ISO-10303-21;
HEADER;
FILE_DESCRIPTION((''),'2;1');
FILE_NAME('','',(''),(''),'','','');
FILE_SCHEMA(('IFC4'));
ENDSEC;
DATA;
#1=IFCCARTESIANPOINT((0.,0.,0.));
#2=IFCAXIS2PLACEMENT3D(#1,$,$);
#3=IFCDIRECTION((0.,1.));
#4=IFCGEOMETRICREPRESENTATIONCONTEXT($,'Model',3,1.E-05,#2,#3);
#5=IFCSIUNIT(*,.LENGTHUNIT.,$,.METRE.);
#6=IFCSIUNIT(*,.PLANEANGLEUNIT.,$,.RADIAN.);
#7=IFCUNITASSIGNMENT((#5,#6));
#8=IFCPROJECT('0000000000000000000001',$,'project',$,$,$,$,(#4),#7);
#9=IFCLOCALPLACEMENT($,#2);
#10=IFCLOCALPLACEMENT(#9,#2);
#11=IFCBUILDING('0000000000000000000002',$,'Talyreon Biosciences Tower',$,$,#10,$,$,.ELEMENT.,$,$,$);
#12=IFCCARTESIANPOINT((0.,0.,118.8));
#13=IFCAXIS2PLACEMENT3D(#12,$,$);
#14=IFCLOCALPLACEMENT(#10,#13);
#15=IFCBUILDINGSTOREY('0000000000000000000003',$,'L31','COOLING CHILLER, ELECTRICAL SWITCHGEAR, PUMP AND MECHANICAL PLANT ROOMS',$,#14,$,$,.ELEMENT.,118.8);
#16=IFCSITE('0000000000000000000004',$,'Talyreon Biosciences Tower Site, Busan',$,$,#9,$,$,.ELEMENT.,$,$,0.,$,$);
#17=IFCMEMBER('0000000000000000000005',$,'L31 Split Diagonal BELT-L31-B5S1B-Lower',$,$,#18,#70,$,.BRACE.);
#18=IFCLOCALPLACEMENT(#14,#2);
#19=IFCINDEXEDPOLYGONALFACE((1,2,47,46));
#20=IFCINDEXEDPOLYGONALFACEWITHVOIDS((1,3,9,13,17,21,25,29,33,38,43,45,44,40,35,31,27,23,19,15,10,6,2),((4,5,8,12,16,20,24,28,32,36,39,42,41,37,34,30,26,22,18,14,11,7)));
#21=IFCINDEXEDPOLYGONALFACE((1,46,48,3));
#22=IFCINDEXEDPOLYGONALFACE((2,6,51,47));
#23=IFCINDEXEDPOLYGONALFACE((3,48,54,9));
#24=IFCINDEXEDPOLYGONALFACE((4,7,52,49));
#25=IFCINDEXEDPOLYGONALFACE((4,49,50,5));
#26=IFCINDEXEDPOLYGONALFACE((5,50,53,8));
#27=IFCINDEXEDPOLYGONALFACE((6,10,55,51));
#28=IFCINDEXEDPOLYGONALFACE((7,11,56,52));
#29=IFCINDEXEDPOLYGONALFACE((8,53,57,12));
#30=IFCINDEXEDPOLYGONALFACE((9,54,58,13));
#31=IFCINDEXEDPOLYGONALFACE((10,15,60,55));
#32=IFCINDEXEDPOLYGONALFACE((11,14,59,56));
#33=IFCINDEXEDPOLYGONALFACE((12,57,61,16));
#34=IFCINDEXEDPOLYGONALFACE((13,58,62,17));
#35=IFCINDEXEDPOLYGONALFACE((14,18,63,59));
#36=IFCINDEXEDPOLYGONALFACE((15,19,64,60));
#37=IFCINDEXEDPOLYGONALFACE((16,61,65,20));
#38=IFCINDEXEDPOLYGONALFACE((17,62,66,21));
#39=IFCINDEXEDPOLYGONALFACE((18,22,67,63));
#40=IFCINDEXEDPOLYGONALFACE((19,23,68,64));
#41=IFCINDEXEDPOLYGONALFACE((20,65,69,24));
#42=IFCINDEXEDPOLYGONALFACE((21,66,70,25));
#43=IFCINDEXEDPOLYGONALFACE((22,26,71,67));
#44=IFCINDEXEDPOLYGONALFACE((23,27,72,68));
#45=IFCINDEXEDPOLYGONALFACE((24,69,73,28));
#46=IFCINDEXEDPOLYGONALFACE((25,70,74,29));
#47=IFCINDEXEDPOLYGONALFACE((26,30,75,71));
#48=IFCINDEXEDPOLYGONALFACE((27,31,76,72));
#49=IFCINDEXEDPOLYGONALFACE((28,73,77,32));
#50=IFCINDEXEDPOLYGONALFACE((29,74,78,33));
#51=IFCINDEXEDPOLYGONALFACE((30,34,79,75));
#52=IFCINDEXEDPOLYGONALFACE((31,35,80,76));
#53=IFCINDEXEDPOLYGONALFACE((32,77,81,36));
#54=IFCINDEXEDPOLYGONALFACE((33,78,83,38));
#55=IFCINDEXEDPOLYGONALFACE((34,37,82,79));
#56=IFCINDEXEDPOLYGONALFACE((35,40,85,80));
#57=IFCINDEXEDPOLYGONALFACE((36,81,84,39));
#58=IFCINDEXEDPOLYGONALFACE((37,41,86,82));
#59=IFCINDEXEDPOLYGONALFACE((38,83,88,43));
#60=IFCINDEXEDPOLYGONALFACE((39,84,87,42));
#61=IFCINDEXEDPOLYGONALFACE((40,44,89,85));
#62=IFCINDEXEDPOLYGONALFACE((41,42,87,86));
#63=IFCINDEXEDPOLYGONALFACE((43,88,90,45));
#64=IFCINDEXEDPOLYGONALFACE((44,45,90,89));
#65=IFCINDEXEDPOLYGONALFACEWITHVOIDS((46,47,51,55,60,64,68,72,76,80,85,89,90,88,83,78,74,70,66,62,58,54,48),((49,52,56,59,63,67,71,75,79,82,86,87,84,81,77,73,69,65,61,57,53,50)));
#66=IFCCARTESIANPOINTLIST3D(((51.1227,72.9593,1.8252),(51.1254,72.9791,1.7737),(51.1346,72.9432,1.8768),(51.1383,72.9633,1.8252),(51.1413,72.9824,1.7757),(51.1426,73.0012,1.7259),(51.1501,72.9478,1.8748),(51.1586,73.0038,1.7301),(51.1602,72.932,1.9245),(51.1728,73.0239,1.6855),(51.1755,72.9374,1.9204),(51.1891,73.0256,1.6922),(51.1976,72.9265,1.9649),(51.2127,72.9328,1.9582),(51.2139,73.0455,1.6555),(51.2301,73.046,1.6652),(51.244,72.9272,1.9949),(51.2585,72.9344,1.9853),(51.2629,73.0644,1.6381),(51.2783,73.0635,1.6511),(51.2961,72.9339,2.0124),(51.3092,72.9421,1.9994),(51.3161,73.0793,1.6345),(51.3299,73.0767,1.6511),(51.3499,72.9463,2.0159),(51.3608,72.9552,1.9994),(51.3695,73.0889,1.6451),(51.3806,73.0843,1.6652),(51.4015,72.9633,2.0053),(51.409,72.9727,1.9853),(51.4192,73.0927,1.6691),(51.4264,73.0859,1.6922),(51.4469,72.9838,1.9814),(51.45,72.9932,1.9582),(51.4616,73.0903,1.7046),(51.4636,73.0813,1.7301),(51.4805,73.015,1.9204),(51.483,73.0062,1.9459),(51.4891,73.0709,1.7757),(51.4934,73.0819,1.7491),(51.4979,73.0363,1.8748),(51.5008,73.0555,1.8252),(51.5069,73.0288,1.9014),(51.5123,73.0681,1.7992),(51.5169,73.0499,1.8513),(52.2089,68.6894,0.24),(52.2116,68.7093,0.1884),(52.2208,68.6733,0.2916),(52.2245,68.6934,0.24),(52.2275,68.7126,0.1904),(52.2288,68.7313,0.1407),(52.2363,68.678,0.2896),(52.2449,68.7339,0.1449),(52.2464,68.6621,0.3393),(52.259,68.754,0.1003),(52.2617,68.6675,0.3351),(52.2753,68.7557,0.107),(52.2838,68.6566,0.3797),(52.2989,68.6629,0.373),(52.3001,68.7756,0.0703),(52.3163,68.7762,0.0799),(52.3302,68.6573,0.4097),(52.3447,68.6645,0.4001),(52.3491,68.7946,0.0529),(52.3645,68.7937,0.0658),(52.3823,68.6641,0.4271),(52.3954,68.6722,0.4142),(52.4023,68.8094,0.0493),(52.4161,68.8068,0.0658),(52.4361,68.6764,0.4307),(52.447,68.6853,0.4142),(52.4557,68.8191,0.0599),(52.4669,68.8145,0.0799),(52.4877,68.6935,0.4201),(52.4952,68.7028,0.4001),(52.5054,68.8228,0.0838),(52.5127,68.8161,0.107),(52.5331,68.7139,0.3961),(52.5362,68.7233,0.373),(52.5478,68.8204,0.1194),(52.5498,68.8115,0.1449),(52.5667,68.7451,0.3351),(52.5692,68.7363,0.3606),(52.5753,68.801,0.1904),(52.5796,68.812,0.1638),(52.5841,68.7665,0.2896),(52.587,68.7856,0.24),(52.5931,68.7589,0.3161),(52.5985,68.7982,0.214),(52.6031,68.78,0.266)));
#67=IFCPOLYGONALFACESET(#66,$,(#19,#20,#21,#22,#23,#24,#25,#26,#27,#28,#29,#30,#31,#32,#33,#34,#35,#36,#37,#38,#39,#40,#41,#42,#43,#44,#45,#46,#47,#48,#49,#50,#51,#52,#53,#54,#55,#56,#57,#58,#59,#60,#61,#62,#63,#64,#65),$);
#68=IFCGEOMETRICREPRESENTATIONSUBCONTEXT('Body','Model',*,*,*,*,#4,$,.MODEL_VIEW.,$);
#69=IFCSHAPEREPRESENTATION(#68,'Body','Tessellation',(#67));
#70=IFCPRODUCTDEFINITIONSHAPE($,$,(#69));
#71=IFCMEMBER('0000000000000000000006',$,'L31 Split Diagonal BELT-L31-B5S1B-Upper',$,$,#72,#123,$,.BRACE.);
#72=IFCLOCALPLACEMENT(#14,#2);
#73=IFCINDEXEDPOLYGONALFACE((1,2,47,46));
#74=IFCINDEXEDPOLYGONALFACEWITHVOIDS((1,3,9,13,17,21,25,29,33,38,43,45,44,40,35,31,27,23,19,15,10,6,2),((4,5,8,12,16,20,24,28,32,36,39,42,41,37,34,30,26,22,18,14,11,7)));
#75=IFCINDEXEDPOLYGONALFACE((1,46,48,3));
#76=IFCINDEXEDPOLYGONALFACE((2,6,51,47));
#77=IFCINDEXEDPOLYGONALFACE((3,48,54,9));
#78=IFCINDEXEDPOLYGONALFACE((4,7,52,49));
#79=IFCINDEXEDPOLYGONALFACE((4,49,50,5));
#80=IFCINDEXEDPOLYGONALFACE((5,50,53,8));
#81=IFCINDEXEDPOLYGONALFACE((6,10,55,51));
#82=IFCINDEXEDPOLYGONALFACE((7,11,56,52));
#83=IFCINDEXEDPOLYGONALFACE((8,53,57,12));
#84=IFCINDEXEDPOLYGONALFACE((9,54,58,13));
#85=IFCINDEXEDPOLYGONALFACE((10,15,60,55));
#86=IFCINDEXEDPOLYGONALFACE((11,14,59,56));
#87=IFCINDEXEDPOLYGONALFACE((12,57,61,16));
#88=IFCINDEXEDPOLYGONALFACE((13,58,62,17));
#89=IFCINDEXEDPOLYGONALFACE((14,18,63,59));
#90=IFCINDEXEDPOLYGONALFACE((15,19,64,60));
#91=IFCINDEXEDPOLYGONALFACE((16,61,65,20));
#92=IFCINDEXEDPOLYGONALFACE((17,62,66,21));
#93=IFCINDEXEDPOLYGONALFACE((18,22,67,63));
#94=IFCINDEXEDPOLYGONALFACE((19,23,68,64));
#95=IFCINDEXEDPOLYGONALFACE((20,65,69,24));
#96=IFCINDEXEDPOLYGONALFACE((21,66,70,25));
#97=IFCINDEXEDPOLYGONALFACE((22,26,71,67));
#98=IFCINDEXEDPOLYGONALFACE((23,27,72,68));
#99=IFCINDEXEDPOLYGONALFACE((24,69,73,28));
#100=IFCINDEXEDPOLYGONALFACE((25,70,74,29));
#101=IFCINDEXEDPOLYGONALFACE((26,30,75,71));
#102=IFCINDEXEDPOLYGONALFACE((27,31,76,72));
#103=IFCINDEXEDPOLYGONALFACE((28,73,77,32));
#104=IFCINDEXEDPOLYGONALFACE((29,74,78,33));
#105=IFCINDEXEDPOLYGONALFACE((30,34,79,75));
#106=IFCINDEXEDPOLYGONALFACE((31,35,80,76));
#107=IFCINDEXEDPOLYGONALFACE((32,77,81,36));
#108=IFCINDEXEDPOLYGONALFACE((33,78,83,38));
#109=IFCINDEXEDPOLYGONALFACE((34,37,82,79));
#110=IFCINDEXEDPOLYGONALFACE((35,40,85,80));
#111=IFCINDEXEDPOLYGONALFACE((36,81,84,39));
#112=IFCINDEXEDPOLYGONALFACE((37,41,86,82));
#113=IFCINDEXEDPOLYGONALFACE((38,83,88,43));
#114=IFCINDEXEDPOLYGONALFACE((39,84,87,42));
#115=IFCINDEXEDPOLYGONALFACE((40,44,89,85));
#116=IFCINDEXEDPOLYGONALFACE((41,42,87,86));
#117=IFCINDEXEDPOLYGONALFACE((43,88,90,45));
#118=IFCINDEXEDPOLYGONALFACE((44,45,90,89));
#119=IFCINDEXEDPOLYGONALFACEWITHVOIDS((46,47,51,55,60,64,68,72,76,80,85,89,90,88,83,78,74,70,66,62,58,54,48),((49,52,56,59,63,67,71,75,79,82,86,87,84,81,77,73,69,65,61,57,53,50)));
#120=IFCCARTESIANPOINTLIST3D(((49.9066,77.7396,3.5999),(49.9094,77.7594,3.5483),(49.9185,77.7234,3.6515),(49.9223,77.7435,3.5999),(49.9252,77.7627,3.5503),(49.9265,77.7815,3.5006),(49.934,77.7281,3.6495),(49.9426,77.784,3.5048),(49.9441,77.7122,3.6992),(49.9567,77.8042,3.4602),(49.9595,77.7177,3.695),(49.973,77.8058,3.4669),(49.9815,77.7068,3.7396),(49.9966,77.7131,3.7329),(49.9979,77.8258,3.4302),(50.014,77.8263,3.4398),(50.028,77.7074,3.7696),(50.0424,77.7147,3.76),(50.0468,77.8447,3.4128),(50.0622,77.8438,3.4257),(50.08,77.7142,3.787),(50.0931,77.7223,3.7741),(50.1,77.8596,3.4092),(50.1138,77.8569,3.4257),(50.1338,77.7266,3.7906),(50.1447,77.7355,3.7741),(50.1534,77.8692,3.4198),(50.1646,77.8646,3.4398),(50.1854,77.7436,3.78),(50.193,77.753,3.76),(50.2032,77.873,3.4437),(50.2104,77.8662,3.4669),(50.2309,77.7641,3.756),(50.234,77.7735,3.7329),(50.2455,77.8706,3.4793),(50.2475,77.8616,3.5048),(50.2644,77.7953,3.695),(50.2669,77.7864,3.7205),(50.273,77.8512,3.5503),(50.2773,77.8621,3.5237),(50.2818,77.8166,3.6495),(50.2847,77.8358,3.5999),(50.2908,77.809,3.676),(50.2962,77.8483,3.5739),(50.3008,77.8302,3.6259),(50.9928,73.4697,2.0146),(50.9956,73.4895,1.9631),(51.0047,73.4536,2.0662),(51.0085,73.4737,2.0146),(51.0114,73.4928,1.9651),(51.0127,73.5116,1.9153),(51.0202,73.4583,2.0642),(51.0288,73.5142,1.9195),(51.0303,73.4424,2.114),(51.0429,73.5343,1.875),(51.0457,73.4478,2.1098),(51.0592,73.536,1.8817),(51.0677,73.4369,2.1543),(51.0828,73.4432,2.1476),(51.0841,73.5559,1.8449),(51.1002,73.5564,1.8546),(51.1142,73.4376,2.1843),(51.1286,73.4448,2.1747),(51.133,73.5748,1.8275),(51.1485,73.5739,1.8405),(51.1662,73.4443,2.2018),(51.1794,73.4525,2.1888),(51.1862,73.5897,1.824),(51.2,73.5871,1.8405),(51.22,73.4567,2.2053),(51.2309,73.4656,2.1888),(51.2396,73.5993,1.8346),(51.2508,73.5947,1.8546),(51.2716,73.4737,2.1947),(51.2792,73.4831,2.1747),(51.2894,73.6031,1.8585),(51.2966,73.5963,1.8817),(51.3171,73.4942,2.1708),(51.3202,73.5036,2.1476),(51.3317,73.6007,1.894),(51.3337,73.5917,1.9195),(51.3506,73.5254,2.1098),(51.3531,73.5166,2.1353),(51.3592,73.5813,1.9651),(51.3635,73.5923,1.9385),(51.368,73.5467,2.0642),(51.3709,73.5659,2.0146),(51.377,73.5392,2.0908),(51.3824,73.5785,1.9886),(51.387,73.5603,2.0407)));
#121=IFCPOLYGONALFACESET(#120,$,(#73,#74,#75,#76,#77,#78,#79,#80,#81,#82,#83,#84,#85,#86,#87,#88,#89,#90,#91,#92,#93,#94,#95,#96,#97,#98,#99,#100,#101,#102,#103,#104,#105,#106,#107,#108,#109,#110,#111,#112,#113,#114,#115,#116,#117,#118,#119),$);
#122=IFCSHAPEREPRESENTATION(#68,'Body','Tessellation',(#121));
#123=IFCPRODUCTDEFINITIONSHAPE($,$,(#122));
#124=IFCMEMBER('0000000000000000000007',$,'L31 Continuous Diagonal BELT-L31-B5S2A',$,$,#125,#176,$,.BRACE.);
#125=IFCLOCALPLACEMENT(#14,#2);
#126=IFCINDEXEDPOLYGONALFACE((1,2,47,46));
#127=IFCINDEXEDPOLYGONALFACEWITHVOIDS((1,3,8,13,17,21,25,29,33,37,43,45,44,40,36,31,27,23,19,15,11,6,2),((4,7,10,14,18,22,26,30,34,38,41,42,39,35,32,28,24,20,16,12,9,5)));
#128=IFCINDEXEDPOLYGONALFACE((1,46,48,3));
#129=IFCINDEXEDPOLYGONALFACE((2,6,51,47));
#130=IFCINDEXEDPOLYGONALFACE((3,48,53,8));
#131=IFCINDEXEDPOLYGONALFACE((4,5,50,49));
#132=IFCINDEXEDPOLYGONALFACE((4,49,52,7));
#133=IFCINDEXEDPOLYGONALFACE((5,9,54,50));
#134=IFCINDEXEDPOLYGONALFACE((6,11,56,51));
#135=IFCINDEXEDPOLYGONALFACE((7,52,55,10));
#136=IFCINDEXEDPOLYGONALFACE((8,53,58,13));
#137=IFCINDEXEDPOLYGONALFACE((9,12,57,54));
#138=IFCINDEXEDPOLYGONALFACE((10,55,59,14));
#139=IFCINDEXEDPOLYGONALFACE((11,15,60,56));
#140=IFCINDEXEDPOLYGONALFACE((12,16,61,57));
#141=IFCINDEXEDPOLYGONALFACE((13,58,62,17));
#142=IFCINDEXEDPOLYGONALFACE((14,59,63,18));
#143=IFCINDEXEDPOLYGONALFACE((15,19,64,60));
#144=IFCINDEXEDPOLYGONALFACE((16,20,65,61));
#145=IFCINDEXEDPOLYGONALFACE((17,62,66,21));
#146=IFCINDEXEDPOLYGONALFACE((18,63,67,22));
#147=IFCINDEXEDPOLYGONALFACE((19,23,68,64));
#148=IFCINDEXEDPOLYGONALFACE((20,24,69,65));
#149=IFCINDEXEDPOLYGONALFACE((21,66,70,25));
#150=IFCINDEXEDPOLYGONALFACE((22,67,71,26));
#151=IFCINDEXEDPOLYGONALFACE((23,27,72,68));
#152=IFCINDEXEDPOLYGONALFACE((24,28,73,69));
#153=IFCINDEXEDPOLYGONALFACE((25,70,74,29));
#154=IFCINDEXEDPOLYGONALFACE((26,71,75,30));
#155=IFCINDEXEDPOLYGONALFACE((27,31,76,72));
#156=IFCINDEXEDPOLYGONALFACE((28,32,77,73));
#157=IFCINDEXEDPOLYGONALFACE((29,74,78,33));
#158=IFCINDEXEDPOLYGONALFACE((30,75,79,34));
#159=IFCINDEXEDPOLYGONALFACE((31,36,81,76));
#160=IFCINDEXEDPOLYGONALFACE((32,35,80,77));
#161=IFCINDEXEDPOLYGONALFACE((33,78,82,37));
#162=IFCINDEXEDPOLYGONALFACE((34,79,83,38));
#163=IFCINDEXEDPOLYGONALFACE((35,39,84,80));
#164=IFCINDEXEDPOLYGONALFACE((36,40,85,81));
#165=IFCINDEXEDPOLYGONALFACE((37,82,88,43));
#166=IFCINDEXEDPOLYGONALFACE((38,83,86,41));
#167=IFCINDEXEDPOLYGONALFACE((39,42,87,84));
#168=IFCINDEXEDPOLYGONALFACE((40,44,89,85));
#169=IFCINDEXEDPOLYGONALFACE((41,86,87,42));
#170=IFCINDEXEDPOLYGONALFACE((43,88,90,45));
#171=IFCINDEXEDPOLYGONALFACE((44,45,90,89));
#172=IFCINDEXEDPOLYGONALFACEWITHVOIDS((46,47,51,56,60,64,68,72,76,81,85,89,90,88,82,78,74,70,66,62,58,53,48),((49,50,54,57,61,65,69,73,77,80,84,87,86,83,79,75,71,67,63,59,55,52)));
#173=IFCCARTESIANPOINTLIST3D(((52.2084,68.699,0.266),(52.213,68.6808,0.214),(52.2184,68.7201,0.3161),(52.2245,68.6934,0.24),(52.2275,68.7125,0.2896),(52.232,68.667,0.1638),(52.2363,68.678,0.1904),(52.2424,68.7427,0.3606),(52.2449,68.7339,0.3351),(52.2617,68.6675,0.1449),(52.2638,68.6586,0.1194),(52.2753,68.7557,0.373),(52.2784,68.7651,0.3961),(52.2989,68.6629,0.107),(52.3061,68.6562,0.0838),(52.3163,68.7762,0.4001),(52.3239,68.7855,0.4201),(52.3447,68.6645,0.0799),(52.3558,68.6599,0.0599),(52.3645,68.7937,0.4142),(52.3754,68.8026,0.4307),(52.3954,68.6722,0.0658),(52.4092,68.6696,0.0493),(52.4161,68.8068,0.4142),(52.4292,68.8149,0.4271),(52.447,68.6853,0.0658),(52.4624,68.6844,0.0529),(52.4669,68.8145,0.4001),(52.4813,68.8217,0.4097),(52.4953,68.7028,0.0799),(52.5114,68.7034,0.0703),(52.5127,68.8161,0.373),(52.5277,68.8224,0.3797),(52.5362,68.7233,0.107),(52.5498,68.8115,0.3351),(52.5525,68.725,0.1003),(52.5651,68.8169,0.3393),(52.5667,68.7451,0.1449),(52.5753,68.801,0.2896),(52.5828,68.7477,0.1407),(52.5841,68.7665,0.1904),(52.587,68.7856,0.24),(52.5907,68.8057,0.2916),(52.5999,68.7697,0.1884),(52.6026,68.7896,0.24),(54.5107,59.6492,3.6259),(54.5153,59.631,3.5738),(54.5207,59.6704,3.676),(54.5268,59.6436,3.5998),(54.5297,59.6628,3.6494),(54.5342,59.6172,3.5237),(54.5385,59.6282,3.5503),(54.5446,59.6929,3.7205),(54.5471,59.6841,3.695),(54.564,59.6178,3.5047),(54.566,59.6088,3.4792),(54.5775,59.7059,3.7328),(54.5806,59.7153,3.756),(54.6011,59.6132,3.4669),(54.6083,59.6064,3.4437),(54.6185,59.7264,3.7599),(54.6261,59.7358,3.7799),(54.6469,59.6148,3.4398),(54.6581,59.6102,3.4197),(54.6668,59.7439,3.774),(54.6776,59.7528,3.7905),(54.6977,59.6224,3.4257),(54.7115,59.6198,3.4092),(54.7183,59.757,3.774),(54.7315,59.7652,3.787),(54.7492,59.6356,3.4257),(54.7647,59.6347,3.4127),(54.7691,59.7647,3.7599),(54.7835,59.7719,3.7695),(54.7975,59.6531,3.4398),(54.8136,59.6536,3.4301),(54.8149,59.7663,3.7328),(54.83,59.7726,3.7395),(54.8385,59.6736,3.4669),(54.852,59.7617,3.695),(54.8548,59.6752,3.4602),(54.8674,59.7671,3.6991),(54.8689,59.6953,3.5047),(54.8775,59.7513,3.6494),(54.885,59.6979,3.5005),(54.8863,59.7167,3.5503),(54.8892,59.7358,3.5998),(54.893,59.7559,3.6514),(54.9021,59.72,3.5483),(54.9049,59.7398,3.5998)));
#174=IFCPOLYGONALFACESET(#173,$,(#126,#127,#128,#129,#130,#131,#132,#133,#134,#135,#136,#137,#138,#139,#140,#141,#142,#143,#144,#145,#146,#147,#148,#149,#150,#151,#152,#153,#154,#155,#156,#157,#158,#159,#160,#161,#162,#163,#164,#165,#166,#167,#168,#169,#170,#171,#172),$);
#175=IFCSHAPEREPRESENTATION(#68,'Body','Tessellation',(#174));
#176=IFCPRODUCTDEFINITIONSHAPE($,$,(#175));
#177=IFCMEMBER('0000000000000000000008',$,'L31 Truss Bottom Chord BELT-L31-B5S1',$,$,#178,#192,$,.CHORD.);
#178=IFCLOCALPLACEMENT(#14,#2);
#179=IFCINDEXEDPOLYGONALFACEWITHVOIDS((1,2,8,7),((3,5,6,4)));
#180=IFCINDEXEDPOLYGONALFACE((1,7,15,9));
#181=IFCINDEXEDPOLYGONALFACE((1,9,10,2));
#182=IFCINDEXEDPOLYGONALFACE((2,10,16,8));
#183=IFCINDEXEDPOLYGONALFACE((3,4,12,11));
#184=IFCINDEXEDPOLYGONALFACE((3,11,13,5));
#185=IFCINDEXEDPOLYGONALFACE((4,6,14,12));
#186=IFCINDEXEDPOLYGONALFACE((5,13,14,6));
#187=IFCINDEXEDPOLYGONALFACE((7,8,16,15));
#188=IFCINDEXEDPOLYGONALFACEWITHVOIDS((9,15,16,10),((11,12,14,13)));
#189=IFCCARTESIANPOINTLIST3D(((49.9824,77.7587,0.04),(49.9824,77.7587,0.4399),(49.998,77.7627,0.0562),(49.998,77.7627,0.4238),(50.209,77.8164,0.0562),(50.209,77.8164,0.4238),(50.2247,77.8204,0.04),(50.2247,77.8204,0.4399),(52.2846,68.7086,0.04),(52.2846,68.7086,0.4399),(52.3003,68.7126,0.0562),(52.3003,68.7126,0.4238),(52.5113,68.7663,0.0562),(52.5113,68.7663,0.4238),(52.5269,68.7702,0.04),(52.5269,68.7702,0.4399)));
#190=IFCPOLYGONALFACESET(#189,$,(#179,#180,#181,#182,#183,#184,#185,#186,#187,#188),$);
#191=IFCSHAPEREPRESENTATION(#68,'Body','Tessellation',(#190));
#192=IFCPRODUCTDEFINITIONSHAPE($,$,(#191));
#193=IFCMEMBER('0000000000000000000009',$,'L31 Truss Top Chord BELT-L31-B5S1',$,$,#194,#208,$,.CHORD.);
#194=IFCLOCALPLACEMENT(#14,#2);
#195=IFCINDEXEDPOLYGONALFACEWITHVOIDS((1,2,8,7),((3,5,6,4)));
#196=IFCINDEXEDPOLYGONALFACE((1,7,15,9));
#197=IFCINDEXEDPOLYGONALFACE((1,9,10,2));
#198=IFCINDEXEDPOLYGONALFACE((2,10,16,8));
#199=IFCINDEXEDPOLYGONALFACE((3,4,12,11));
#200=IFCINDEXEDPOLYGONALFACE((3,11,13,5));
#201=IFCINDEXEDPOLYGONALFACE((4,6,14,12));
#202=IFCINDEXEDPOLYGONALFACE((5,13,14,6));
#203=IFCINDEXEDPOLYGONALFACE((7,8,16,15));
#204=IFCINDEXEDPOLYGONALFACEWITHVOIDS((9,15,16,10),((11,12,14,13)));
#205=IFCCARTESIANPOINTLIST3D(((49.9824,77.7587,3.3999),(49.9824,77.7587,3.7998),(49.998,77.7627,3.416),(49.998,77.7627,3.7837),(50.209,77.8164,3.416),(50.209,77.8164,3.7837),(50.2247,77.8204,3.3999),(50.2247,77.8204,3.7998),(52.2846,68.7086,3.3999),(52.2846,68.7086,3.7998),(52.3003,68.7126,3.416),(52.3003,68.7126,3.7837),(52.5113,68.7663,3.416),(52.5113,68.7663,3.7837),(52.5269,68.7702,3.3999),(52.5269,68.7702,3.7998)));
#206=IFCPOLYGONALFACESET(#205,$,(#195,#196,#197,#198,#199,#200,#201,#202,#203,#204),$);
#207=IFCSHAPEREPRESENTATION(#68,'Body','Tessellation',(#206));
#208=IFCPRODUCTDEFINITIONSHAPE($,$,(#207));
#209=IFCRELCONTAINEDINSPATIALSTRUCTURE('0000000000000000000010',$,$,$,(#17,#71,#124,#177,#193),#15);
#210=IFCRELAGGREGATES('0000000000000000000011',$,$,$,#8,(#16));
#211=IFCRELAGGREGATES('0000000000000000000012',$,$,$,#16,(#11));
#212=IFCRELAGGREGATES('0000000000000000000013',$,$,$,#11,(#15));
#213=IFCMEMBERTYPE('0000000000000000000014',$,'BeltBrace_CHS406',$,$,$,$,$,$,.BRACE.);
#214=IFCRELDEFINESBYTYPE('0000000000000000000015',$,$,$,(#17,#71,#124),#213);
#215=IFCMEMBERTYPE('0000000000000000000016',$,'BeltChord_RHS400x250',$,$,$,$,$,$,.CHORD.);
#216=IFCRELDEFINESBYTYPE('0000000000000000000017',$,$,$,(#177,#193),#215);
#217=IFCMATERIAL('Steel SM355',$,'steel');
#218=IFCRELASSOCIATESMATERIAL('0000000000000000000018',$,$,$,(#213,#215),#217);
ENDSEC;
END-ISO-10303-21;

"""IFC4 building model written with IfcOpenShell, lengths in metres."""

from ifc_helpers import new_model, si_unit, direction, frame, origin, origin_2d, place, context, subcontext, project, spatial, hollow_rectangle, hollow_circle, extrude, material, material_profile, profile_set, type_object, element, save


model = new_model("IFC4")

# Units and contexts
model_context = context("Model", 3, precision=1e-05, world=origin(), true_north=direction((0.0, 1.0)))
body_context = subcontext(model_context, "Body", "Model", "MODEL_VIEW")
ifc_project = project(units=[si_unit("LENGTHUNIT", "METRE"), si_unit("PLANEANGLEUNIT", "RADIAN")], contexts=[model_context])

# Site, building, storey
site_placement = place(None, origin())
site = spatial("IfcSite", under=ifc_project, at=site_placement, Name="Talyreon Biosciences Tower Site, Busan", CompositionType="ELEMENT", RefElevation=0.0)
building_placement = place(site_placement, origin())
building = spatial("IfcBuilding", under=site, at=building_placement, Name="Talyreon Biosciences Tower", CompositionType="ELEMENT")
storey_placement = place(building_placement, frame((0.0, 0.0, 118.8)))
storey = spatial("IfcBuildingStorey", under=building, at=storey_placement, Name="L31", Description="COOLING CHILLER, ELECTRICAL SWITCHGEAR, PUMP AND MECHANICAL PLANT ROOMS", CompositionType="ELEMENT", Elevation=118.8)

# Members
ifc_material_1 = material(Name="Steel SM355", Category="steel")
ifc_material_profile_1 = material_profile(ifc_material_1, hollow_circle(Radius=0.2031, WallThickness=0.0161, at=origin_2d()), Name="CHS 406.4x16")
ifc_profile_set_1 = profile_set([ifc_material_profile_1], Name="Steel SM355")
member_type_1 = type_object("IfcMemberType", Name="BeltBrace_CHS406", PredefinedType="BRACE", material=ifc_profile_set_1)
for number, where, z_axis, x_axis, name in (
    (1, (52.4058, 68.7395, 0.24), (-0.231978, 0.911903, 0.338555), (-0.969134, -0.246536, 0.0), "L31 Split Diagonal BELT-L31-B5S1B-Lower"),
    (2, (51.1897, 73.5198, 2.0146), (-0.231978, 0.911903, 0.338555), (-0.969134, -0.246536, 0.0), "L31 Split Diagonal BELT-L31-B5S1B-Upper"),
):
    element("IfcMember", number, at=place(storey_placement, frame(where, z_axis=z_axis, x_axis=x_axis)), inside=storey, type_object=member_type_1, Name=name, PredefinedType="BRACE", context=body_context, shape_type="SweptSolid", body=[
        extrude(hollow_circle(Radius=0.2031, WallThickness=0.0161, at=origin_2d()), origin(), (0.0, 0.0, 1.0), 4.6824),
    ])
member_1_placement = place(storey_placement, frame((52.4058, 68.7395, 0.24), z_axis=(0.231985, -0.911901, 0.338556), x_axis=(0.969131, 0.246544, 0.0)))
element("IfcMember", 3, at=member_1_placement, inside=storey, type_object=member_type_1, Name="L31 Continuous Diagonal BELT-L31-B5S2A", PredefinedType="BRACE", context=body_context, shape_type="SweptSolid", body=[
    extrude(hollow_circle(Radius=0.2031, WallThickness=0.0161, at=origin_2d()), origin(), (0.0, 0.0, 1.0), 9.9241),
])
ifc_material_profile_2 = material_profile(ifc_material_1, hollow_rectangle(XDim=0.25, YDim=0.3999, WallThickness=0.0161, at=origin_2d()), Name="RHS 400x250x16")
ifc_profile_set_2 = profile_set([ifc_material_profile_2], Name="Steel SM355")
member_type_2 = type_object("IfcMemberType", Name="BeltChord_RHS400x250", PredefinedType="CHORD", material=ifc_profile_set_2)
for number, where, z_axis, x_axis, name in (
    (4, (50.1035, 77.7896, 0.24), (0.246538, -0.969133, 0.0), (0.969133, 0.246538, 0.0), "L31 Truss Bottom Chord BELT-L31-B5S1"),
    (5, (50.1035, 77.7896, 3.5999), (0.246538, -0.969133, 0.0), (0.969133, 0.246538, 0.0), "L31 Truss Top Chord BELT-L31-B5S1"),
):
    element("IfcMember", number, at=place(storey_placement, frame(where, z_axis=z_axis, x_axis=x_axis)), inside=storey, type_object=member_type_2, Name=name, PredefinedType="CHORD", context=body_context, shape_type="SweptSolid", body=[
        extrude(hollow_rectangle(XDim=0.25, YDim=0.3999, WallThickness=0.0161, at=origin_2d()), origin(), (0.0, 0.0, 1.0), 9.3384),
    ])

save(model, "model.ifc")
